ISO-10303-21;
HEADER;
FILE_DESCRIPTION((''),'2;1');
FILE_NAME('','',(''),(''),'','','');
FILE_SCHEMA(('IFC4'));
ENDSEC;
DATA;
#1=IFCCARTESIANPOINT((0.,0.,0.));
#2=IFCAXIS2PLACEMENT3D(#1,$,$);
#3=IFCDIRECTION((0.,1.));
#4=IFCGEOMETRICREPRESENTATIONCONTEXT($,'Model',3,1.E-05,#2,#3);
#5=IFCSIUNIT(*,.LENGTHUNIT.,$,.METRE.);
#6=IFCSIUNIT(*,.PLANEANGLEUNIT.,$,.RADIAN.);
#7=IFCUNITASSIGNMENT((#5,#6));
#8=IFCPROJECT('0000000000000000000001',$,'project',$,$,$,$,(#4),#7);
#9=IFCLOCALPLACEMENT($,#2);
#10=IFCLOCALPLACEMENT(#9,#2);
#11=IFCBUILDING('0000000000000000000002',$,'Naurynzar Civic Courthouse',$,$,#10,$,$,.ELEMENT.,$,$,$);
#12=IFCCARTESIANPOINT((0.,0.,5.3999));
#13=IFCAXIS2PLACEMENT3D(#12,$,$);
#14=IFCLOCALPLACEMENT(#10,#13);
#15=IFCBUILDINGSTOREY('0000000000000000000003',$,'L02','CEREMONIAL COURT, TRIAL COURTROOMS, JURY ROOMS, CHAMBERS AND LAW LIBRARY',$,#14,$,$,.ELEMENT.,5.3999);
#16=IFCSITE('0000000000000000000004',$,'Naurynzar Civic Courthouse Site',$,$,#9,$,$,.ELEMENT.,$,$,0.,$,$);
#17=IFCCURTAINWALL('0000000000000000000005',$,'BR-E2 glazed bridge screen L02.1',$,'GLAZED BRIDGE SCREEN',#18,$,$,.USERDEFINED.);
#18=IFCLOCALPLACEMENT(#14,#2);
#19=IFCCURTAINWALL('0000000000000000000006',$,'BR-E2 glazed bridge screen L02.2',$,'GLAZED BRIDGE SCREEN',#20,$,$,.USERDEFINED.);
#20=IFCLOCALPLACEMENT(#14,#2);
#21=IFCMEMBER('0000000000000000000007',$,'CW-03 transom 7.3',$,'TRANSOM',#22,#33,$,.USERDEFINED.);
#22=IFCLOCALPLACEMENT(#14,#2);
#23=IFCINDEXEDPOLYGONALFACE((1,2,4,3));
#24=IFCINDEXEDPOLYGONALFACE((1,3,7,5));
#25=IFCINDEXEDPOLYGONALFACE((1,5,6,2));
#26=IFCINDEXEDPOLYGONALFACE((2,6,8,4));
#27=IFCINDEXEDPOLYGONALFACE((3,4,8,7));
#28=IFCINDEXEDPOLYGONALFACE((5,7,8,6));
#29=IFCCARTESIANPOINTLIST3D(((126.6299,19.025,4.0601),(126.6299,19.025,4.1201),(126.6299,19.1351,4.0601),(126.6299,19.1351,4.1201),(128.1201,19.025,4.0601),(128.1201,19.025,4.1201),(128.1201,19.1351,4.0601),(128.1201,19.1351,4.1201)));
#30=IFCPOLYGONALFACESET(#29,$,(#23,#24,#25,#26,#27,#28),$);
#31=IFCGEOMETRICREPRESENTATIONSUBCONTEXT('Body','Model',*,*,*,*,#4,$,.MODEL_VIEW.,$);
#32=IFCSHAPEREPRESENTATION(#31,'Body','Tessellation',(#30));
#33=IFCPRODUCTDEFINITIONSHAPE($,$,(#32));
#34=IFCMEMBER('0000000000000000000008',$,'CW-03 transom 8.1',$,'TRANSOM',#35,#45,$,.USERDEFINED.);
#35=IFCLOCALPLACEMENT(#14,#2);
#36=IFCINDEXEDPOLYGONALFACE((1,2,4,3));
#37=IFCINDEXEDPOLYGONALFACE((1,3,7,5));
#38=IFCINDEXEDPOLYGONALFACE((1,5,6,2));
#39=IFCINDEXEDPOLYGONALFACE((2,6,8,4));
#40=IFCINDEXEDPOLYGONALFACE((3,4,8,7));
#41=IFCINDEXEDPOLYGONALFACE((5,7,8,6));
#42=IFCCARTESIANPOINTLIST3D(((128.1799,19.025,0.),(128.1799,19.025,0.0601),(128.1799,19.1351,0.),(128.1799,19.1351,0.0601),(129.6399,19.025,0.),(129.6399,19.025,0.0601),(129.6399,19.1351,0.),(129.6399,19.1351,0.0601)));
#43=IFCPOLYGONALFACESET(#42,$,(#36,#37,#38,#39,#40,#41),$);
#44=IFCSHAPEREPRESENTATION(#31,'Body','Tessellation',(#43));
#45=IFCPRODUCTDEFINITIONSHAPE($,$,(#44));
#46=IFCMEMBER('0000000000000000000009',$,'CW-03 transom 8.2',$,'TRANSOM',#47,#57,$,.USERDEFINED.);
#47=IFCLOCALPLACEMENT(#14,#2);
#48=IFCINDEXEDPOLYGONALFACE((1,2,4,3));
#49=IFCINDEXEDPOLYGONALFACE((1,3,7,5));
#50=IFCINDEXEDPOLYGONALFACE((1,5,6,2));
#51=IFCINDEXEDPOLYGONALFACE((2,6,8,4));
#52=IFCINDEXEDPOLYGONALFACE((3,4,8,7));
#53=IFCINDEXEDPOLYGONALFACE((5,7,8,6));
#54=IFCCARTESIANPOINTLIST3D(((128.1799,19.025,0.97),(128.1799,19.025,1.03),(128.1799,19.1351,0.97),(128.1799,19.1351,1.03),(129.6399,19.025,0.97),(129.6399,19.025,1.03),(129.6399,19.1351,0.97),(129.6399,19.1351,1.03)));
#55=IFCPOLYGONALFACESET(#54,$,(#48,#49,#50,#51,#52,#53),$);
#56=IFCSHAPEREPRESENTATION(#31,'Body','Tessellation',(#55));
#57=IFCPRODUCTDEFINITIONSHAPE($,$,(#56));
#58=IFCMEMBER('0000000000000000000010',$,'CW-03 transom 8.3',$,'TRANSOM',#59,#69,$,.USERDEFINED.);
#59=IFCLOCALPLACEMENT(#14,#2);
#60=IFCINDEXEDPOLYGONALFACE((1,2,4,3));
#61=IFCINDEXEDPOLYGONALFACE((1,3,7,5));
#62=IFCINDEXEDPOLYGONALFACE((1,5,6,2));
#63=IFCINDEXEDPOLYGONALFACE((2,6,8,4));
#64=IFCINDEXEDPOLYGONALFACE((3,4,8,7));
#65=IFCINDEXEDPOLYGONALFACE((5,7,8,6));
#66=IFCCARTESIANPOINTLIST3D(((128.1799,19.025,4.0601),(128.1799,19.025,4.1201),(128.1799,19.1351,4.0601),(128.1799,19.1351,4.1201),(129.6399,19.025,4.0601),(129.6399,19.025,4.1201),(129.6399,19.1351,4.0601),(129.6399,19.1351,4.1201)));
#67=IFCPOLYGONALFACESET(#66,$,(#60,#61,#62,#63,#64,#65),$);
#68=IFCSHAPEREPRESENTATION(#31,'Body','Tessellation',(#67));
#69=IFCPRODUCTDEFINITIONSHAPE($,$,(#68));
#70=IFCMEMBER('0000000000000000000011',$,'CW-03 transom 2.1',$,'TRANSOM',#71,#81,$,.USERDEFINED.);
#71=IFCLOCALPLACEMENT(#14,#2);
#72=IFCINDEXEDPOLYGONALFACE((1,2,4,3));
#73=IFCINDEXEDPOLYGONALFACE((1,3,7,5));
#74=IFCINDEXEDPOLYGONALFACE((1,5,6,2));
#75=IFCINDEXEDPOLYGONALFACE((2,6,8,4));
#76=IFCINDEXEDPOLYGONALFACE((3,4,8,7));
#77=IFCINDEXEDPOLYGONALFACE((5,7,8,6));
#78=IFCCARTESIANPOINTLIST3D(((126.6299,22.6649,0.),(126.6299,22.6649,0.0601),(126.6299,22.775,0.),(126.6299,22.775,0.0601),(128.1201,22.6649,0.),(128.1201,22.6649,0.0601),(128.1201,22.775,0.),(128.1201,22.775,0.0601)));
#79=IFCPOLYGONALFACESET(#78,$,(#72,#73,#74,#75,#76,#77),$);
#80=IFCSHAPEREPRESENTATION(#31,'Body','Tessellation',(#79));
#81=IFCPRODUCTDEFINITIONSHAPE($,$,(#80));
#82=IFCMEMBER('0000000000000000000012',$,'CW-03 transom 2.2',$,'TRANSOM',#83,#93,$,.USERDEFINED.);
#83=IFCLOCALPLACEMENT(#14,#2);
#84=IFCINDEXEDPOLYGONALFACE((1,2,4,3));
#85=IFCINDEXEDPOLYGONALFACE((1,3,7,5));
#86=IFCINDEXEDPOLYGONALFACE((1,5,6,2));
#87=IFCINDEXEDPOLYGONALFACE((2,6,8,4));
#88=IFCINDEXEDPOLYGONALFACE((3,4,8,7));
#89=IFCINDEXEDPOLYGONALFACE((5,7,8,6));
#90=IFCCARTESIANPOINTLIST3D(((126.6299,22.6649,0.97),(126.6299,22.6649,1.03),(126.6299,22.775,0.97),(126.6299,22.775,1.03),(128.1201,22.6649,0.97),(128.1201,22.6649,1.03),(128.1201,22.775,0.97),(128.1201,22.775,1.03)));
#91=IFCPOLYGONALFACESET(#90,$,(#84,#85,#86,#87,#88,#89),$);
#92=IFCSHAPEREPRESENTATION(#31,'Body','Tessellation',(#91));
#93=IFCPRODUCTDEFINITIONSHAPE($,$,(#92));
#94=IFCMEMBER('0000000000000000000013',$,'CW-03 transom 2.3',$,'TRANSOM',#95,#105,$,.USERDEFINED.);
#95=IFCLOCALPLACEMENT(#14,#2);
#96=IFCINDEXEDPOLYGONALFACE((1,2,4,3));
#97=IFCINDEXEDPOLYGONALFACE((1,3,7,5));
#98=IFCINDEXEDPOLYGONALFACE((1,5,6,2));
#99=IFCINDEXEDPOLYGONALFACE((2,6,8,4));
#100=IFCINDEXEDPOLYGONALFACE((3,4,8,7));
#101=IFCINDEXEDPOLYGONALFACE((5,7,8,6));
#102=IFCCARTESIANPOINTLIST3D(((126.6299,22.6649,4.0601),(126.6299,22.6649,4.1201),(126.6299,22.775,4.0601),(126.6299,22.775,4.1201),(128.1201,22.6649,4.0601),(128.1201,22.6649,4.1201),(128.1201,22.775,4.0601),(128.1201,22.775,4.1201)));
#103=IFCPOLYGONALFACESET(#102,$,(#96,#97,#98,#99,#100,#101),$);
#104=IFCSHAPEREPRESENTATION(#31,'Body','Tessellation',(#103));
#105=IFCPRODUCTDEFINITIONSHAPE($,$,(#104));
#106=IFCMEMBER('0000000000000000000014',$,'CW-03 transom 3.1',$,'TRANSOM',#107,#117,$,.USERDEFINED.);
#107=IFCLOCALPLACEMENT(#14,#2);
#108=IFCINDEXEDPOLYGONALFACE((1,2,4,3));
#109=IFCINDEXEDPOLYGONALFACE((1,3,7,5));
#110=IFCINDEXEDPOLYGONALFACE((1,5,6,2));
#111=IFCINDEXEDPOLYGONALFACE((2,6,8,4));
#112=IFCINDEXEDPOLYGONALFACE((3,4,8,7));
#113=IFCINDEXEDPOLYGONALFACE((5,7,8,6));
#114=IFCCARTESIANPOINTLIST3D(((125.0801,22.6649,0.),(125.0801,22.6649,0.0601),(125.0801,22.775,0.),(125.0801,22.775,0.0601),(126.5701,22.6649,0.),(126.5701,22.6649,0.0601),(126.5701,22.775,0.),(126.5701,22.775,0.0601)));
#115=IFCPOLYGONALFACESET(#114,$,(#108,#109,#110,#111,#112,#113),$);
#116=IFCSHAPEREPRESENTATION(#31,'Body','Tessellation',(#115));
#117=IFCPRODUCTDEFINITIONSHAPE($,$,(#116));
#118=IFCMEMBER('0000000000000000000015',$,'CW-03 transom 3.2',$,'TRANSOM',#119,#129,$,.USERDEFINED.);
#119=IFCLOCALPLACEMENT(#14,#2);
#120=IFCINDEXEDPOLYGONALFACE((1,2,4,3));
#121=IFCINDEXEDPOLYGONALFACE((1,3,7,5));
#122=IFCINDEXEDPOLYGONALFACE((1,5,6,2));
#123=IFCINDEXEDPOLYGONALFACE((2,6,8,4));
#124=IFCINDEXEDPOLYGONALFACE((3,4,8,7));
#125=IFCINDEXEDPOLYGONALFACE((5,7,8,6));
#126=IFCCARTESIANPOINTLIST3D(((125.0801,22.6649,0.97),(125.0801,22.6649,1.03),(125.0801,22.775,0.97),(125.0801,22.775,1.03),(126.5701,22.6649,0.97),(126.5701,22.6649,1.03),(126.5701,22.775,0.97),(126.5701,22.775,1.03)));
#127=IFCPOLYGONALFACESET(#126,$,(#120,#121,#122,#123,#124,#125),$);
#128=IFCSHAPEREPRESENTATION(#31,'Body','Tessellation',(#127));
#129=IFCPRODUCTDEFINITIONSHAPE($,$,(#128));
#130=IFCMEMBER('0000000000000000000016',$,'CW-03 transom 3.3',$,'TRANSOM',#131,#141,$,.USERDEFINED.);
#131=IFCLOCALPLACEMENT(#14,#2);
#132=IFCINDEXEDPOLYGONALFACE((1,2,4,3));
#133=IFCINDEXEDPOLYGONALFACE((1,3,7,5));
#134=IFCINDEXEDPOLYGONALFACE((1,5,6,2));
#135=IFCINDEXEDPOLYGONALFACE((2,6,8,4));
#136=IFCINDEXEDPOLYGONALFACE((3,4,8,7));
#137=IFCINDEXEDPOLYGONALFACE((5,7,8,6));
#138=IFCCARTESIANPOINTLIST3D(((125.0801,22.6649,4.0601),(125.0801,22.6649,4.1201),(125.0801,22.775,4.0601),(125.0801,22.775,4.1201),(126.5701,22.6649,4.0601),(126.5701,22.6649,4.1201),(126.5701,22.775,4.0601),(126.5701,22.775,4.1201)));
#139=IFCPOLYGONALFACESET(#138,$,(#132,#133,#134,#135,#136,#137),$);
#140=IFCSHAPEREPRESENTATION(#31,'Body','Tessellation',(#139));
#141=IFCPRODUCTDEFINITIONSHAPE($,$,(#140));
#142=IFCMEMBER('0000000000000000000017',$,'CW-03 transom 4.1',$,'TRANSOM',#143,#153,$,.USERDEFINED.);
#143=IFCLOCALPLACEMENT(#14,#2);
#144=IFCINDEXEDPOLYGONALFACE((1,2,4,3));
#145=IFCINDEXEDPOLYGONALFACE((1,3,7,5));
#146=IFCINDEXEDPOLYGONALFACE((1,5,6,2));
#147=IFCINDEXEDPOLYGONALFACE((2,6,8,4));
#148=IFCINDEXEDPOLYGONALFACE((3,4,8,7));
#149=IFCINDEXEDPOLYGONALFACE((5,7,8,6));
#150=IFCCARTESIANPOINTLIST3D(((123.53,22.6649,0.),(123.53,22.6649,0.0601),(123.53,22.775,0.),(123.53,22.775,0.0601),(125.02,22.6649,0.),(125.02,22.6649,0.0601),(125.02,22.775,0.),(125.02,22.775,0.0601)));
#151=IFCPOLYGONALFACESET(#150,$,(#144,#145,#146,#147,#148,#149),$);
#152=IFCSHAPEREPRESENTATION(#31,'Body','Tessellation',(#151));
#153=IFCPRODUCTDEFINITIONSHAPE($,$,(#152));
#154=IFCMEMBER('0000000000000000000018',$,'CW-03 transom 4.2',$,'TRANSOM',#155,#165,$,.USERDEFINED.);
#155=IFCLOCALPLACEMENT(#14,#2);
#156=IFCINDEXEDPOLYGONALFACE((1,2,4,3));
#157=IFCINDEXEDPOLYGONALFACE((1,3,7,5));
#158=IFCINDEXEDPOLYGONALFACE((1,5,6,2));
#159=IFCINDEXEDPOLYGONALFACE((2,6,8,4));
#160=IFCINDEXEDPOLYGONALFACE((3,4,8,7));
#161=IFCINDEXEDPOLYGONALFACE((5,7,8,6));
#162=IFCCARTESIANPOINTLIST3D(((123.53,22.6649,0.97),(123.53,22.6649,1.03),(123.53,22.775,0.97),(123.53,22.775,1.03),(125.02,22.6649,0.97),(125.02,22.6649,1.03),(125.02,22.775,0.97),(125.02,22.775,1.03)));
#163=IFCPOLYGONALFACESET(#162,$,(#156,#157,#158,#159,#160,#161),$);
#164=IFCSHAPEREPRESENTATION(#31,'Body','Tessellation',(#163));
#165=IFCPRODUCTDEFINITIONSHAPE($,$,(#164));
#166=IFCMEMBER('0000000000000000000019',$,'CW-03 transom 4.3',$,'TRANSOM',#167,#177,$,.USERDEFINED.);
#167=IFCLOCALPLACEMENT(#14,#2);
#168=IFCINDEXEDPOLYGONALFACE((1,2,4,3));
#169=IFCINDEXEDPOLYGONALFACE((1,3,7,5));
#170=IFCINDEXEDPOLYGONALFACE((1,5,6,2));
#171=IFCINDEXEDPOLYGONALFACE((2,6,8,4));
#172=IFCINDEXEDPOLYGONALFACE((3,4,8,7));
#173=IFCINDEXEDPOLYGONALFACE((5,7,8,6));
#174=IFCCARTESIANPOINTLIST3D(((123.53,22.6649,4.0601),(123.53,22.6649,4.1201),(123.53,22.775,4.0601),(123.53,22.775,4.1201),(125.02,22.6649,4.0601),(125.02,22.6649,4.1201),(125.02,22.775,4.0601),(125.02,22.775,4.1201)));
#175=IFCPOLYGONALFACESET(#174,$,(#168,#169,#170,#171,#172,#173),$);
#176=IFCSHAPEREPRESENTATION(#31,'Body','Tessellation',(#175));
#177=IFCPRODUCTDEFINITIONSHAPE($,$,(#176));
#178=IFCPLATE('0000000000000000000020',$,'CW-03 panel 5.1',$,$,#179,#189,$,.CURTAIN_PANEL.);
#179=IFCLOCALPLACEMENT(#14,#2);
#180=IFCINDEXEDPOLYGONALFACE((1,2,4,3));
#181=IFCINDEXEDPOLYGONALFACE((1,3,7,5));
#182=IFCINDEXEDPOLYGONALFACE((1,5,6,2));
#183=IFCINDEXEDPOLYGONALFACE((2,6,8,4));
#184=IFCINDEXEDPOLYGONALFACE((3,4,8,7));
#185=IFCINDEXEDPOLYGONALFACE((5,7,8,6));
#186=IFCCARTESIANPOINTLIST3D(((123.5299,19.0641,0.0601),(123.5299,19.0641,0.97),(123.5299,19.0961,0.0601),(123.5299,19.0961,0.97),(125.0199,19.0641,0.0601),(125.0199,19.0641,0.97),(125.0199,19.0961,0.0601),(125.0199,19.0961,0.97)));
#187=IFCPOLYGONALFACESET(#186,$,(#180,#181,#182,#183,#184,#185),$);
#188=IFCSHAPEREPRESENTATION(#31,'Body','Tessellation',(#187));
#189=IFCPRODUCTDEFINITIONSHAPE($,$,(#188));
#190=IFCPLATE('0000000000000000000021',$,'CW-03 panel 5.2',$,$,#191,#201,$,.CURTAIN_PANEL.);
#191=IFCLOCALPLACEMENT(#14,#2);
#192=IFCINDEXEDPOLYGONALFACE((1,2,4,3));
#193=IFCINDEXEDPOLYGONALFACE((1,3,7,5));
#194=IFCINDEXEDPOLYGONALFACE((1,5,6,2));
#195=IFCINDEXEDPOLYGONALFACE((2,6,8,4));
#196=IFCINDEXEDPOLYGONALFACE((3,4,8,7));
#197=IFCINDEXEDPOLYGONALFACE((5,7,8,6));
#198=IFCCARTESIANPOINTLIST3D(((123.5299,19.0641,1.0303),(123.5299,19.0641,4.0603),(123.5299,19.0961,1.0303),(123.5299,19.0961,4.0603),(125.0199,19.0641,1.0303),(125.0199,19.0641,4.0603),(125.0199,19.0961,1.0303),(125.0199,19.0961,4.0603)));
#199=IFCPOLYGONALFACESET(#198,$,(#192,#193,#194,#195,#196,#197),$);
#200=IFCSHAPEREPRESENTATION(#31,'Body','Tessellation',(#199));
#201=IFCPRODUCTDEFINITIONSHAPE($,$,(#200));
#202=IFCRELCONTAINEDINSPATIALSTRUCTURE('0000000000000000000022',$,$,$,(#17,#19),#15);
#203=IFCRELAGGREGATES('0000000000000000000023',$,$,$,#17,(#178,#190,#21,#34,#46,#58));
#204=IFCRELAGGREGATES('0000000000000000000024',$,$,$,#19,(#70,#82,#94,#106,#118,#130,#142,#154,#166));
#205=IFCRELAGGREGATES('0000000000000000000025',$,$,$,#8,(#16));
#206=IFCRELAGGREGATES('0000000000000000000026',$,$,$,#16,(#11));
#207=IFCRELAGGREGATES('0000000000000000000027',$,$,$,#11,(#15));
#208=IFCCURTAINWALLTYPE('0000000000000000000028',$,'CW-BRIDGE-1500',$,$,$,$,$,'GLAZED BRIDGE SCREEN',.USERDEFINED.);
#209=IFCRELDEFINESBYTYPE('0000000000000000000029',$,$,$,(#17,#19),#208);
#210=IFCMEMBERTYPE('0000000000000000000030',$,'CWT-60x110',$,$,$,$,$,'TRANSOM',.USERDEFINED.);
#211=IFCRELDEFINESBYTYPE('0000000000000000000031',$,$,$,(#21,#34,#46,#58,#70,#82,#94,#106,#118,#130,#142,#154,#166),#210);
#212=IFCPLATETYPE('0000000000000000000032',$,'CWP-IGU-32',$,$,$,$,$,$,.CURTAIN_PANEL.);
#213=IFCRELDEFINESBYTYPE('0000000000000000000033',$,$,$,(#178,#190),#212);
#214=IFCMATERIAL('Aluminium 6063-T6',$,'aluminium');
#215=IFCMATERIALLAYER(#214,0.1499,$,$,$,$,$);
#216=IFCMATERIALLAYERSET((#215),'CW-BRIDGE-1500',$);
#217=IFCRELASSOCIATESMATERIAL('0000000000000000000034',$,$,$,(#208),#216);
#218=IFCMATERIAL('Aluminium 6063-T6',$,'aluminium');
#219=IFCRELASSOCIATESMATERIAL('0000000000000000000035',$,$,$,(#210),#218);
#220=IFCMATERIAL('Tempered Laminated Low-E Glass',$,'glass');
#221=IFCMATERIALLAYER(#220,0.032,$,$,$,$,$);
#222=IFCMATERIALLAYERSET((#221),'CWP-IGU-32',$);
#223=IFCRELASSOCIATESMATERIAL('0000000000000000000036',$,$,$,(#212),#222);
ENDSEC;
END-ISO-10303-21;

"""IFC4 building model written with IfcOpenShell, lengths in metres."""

from ifc_helpers import new_model, si_unit, direction, frame, origin, origin_2d, place, context, subcontext, project, spatial, rectangle, extrude, material, layer, layer_set, material_profile, profile_set, type_object, element, aggregate, save


model = new_model("IFC4")

# Units and contexts
model_context = context("Model", 3, precision=1e-05, world=origin(), true_north=direction((0.0, 1.0)))
body_context = subcontext(model_context, "Body", "Model", "MODEL_VIEW")
ifc_project = project(units=[si_unit("LENGTHUNIT", "METRE"), si_unit("PLANEANGLEUNIT", "RADIAN")], contexts=[model_context])

# Site, building, storey
site_placement = place(None, origin())
site = spatial("IfcSite", under=ifc_project, at=site_placement, Name="Naurynzar Civic Courthouse Site", CompositionType="ELEMENT", RefElevation=0.0)
building_placement = place(site_placement, origin())
building = spatial("IfcBuilding", under=site, at=building_placement, Name="Naurynzar Civic Courthouse", CompositionType="ELEMENT")
storey_placement = place(building_placement, frame((0.0, 0.0, 5.3999)))
storey = spatial("IfcBuildingStorey", under=building, at=storey_placement, Name="L02", Description="CEREMONIAL COURT, TRIAL COURTROOMS, JURY ROOMS, CHAMBERS AND LAW LIBRARY", CompositionType="ELEMENT", Elevation=5.3999)

# Curtain walls
ifc_material_1 = material(Name="Aluminium 6063-T6", Category="aluminium")
ifc_layer_1 = layer(ifc_material_1, 0.1499)
ifc_layer_set_1 = layer_set([ifc_layer_1], Name="CW-BRIDGE-1500")
curtain_wall_type = type_object("IfcCurtainWallType", Name="CW-BRIDGE-1500", ElementType="GLAZED BRIDGE SCREEN", PredefinedType="USERDEFINED", material=ifc_layer_set_1)
curtain_wall_1_placement = place(storey_placement, origin())
curtain_wall_1 = element("IfcCurtainWall", 1, at=curtain_wall_1_placement, inside=storey, type_object=curtain_wall_type, Name="BR-E2 glazed bridge screen L02.1", ObjectType="GLAZED BRIDGE SCREEN", PredefinedType="USERDEFINED")
curtain_wall_2_placement = place(storey_placement, origin())
curtain_wall_2 = element("IfcCurtainWall", 2, at=curtain_wall_2_placement, inside=storey, type_object=curtain_wall_type, Name="BR-E2 glazed bridge screen L02.2", ObjectType="GLAZED BRIDGE SCREEN", PredefinedType="USERDEFINED")

# Members
ifc_material_2 = material(Name="Aluminium 6063-T6", Category="aluminium")
ifc_material_profile_1 = material_profile(ifc_material_2, rectangle(XDim=0.1101, YDim=0.0601, at=origin_2d()), Name="ALU TRANSOM 60x110")
ifc_profile_set_1 = profile_set([ifc_material_profile_1], Name="Aluminium 6063-T6")
member_type_1 = type_object("IfcMemberType", Name="CWT-60x110", ElementType="TRANSOM", PredefinedType="USERDEFINED", material=ifc_profile_set_1)
member_1_placement = place(storey_placement, frame((126.6299, 19.0801, 4.0901), z_axis=(1.0, 0.0, 0.0), x_axis=(0.0, 1.0, 0.0)))
member_1 = element("IfcMember", 3, at=member_1_placement, type_object=member_type_1, Name="CW-03 transom 7.3", ObjectType="TRANSOM", PredefinedType="USERDEFINED", context=body_context, shape_type="SweptSolid", body=[
    extrude(rectangle(XDim=0.1101, YDim=0.0601, at=origin_2d()), origin(), (0.0, 0.0, 1.0), 1.4902),
])
member_2_placement = place(storey_placement, frame((128.1799, 19.0801, 0.03), z_axis=(1.0, 0.0, 0.0), x_axis=(0.0, 1.0, 0.0)))
member_2 = element("IfcMember", 4, at=member_2_placement, type_object=member_type_1, Name="CW-03 transom 8.1", ObjectType="TRANSOM", PredefinedType="USERDEFINED", context=body_context, shape_type="SweptSolid", body=[
    extrude(rectangle(XDim=0.1101, YDim=0.0601, at=origin_2d()), origin(), (0.0, 0.0, 1.0), 1.46),
])
member_3_placement = place(storey_placement, frame((128.1799, 19.0801, 1.0), z_axis=(1.0, 0.0, 0.0), x_axis=(0.0, 1.0, 0.0)))
member_3 = element("IfcMember", 5, at=member_3_placement, type_object=member_type_1, Name="CW-03 transom 8.2", ObjectType="TRANSOM", PredefinedType="USERDEFINED", context=body_context, shape_type="SweptSolid", body=[
    extrude(rectangle(XDim=0.1101, YDim=0.0601, at=origin_2d()), origin(), (0.0, 0.0, 1.0), 1.46),
])
member_4_placement = place(storey_placement, frame((128.1799, 19.0801, 4.0901), z_axis=(1.0, 0.0, 0.0), x_axis=(0.0, 1.0, 0.0)))
member_4 = element("IfcMember", 6, at=member_4_placement, type_object=member_type_1, Name="CW-03 transom 8.3", ObjectType="TRANSOM", PredefinedType="USERDEFINED", context=body_context, shape_type="SweptSolid", body=[
    extrude(rectangle(XDim=0.1101, YDim=0.0601, at=origin_2d()), origin(), (0.0, 0.0, 1.0), 1.46),
])
member_5_placement = place(storey_placement, frame((128.1201, 22.72, 0.03), z_axis=(-1.0, 0.0, 0.0), x_axis=(0.0, -1.0, 0.0)))
member_5 = element("IfcMember", 7, at=member_5_placement, type_object=member_type_1, Name="CW-03 transom 2.1", ObjectType="TRANSOM", PredefinedType="USERDEFINED", context=body_context, shape_type="SweptSolid", body=[
    extrude(rectangle(XDim=0.1101, YDim=0.0601, at=origin_2d()), origin(), (0.0, 0.0, 1.0), 1.4902),
])
member_6_placement = place(storey_placement, frame((128.1201, 22.72, 1.0), z_axis=(-1.0, 0.0, 0.0), x_axis=(0.0, -1.0, 0.0)))
member_6 = element("IfcMember", 8, at=member_6_placement, type_object=member_type_1, Name="CW-03 transom 2.2", ObjectType="TRANSOM", PredefinedType="USERDEFINED", context=body_context, shape_type="SweptSolid", body=[
    extrude(rectangle(XDim=0.1101, YDim=0.0601, at=origin_2d()), origin(), (0.0, 0.0, 1.0), 1.4902),
])
member_7_placement = place(storey_placement, frame((128.1201, 22.72, 4.0901), z_axis=(-1.0, 0.0, 0.0), x_axis=(0.0, -1.0, 0.0)))
member_7 = element("IfcMember", 9, at=member_7_placement, type_object=member_type_1, Name="CW-03 transom 2.3", ObjectType="TRANSOM", PredefinedType="USERDEFINED", context=body_context, shape_type="SweptSolid", body=[
    extrude(rectangle(XDim=0.1101, YDim=0.0601, at=origin_2d()), origin(), (0.0, 0.0, 1.0), 1.4902),
])
member_8_placement = place(storey_placement, frame((126.5701, 22.72, 0.03), z_axis=(-1.0, 0.0, 0.0), x_axis=(0.0, -1.0, 0.0)))
member_8 = element("IfcMember", 10, at=member_8_placement, type_object=member_type_1, Name="CW-03 transom 3.1", ObjectType="TRANSOM", PredefinedType="USERDEFINED", context=body_context, shape_type="SweptSolid", body=[
    extrude(rectangle(XDim=0.1101, YDim=0.0601, at=origin_2d()), origin(), (0.0, 0.0, 1.0), 1.49),
])
member_9_placement = place(storey_placement, frame((126.5701, 22.72, 1.0), z_axis=(-1.0, 0.0, 0.0), x_axis=(0.0, -1.0, 0.0)))
member_9 = element("IfcMember", 11, at=member_9_placement, type_object=member_type_1, Name="CW-03 transom 3.2", ObjectType="TRANSOM", PredefinedType="USERDEFINED", context=body_context, shape_type="SweptSolid", body=[
    extrude(rectangle(XDim=0.1101, YDim=0.0601, at=origin_2d()), origin(), (0.0, 0.0, 1.0), 1.49),
])
member_10_placement = place(storey_placement, frame((126.5701, 22.72, 4.0901), z_axis=(-1.0, 0.0, 0.0), x_axis=(0.0, -1.0, 0.0)))
member_10 = element("IfcMember", 12, at=member_10_placement, type_object=member_type_1, Name="CW-03 transom 3.3", ObjectType="TRANSOM", PredefinedType="USERDEFINED", context=body_context, shape_type="SweptSolid", body=[
    extrude(rectangle(XDim=0.1101, YDim=0.0601, at=origin_2d()), origin(), (0.0, 0.0, 1.0), 1.49),
])
member_11_placement = place(storey_placement, frame((125.02, 22.72, 0.03), z_axis=(-1.0, 0.0, 0.0), x_axis=(0.0, -1.0, 0.0)))
member_11 = element("IfcMember", 13, at=member_11_placement, type_object=member_type_1, Name="CW-03 transom 4.1", ObjectType="TRANSOM", PredefinedType="USERDEFINED", context=body_context, shape_type="SweptSolid", body=[
    extrude(rectangle(XDim=0.1101, YDim=0.0601, at=origin_2d()), origin(), (0.0, 0.0, 1.0), 1.49),
])
member_12_placement = place(storey_placement, frame((125.02, 22.72, 1.0), z_axis=(-1.0, 0.0, 0.0), x_axis=(0.0, -1.0, 0.0)))
member_12 = element("IfcMember", 14, at=member_12_placement, type_object=member_type_1, Name="CW-03 transom 4.2", ObjectType="TRANSOM", PredefinedType="USERDEFINED", context=body_context, shape_type="SweptSolid", body=[
    extrude(rectangle(XDim=0.1101, YDim=0.0601, at=origin_2d()), origin(), (0.0, 0.0, 1.0), 1.49),
])
member_13_placement = place(storey_placement, frame((125.02, 22.72, 4.0901), z_axis=(-1.0, 0.0, 0.0), x_axis=(0.0, -1.0, 0.0)))
member_13 = element("IfcMember", 15, at=member_13_placement, type_object=member_type_1, Name="CW-03 transom 4.3", ObjectType="TRANSOM", PredefinedType="USERDEFINED", context=body_context, shape_type="SweptSolid", body=[
    extrude(rectangle(XDim=0.1101, YDim=0.0601, at=origin_2d()), origin(), (0.0, 0.0, 1.0), 1.49),
])

# Plates
ifc_material_3 = material(Name="Tempered Laminated Low-E Glass", Category="glass")
ifc_layer_2 = layer(ifc_material_3, 0.032)
ifc_layer_set_2 = layer_set([ifc_layer_2], Name="CWP-IGU-32")
plate_type = type_object("IfcPlateType", Name="CWP-IGU-32", PredefinedType="CURTAIN_PANEL", material=ifc_layer_set_2)
plate_1_placement = place(storey_placement, frame((124.2749, 19.0801, 0.0601), z_axis=(0.0, 0.0, 1.0), x_axis=(1.0, 0.0, 0.0)))
plate_1 = element("IfcPlate", 16, at=plate_1_placement, type_object=plate_type, Name="CW-03 panel 5.1", PredefinedType="CURTAIN_PANEL", context=body_context, shape_type="SweptSolid", body=[
    extrude(rectangle(XDim=1.49, YDim=0.032, at=origin_2d()), origin(), (0.0, 0.0, 1.0), 0.9099),
])
plate_2_placement = place(storey_placement, frame((124.2749, 19.0801, 1.0303), z_axis=(0.0, 0.0, 1.0), x_axis=(1.0, 0.0, 0.0)))
plate_2 = element("IfcPlate", 17, at=plate_2_placement, type_object=plate_type, Name="CW-03 panel 5.2", PredefinedType="CURTAIN_PANEL", context=body_context, shape_type="SweptSolid", body=[
    extrude(rectangle(XDim=1.49, YDim=0.032, at=origin_2d()), origin(), (0.0, 0.0, 1.0), 3.03),
])
aggregate(curtain_wall_1, [plate_1, plate_2, member_1, member_2, member_3, member_4])
aggregate(curtain_wall_2, [member_5, member_6, member_7, member_8, member_9, member_10, member_11, member_12, member_13])

save(model, "model.ifc")
